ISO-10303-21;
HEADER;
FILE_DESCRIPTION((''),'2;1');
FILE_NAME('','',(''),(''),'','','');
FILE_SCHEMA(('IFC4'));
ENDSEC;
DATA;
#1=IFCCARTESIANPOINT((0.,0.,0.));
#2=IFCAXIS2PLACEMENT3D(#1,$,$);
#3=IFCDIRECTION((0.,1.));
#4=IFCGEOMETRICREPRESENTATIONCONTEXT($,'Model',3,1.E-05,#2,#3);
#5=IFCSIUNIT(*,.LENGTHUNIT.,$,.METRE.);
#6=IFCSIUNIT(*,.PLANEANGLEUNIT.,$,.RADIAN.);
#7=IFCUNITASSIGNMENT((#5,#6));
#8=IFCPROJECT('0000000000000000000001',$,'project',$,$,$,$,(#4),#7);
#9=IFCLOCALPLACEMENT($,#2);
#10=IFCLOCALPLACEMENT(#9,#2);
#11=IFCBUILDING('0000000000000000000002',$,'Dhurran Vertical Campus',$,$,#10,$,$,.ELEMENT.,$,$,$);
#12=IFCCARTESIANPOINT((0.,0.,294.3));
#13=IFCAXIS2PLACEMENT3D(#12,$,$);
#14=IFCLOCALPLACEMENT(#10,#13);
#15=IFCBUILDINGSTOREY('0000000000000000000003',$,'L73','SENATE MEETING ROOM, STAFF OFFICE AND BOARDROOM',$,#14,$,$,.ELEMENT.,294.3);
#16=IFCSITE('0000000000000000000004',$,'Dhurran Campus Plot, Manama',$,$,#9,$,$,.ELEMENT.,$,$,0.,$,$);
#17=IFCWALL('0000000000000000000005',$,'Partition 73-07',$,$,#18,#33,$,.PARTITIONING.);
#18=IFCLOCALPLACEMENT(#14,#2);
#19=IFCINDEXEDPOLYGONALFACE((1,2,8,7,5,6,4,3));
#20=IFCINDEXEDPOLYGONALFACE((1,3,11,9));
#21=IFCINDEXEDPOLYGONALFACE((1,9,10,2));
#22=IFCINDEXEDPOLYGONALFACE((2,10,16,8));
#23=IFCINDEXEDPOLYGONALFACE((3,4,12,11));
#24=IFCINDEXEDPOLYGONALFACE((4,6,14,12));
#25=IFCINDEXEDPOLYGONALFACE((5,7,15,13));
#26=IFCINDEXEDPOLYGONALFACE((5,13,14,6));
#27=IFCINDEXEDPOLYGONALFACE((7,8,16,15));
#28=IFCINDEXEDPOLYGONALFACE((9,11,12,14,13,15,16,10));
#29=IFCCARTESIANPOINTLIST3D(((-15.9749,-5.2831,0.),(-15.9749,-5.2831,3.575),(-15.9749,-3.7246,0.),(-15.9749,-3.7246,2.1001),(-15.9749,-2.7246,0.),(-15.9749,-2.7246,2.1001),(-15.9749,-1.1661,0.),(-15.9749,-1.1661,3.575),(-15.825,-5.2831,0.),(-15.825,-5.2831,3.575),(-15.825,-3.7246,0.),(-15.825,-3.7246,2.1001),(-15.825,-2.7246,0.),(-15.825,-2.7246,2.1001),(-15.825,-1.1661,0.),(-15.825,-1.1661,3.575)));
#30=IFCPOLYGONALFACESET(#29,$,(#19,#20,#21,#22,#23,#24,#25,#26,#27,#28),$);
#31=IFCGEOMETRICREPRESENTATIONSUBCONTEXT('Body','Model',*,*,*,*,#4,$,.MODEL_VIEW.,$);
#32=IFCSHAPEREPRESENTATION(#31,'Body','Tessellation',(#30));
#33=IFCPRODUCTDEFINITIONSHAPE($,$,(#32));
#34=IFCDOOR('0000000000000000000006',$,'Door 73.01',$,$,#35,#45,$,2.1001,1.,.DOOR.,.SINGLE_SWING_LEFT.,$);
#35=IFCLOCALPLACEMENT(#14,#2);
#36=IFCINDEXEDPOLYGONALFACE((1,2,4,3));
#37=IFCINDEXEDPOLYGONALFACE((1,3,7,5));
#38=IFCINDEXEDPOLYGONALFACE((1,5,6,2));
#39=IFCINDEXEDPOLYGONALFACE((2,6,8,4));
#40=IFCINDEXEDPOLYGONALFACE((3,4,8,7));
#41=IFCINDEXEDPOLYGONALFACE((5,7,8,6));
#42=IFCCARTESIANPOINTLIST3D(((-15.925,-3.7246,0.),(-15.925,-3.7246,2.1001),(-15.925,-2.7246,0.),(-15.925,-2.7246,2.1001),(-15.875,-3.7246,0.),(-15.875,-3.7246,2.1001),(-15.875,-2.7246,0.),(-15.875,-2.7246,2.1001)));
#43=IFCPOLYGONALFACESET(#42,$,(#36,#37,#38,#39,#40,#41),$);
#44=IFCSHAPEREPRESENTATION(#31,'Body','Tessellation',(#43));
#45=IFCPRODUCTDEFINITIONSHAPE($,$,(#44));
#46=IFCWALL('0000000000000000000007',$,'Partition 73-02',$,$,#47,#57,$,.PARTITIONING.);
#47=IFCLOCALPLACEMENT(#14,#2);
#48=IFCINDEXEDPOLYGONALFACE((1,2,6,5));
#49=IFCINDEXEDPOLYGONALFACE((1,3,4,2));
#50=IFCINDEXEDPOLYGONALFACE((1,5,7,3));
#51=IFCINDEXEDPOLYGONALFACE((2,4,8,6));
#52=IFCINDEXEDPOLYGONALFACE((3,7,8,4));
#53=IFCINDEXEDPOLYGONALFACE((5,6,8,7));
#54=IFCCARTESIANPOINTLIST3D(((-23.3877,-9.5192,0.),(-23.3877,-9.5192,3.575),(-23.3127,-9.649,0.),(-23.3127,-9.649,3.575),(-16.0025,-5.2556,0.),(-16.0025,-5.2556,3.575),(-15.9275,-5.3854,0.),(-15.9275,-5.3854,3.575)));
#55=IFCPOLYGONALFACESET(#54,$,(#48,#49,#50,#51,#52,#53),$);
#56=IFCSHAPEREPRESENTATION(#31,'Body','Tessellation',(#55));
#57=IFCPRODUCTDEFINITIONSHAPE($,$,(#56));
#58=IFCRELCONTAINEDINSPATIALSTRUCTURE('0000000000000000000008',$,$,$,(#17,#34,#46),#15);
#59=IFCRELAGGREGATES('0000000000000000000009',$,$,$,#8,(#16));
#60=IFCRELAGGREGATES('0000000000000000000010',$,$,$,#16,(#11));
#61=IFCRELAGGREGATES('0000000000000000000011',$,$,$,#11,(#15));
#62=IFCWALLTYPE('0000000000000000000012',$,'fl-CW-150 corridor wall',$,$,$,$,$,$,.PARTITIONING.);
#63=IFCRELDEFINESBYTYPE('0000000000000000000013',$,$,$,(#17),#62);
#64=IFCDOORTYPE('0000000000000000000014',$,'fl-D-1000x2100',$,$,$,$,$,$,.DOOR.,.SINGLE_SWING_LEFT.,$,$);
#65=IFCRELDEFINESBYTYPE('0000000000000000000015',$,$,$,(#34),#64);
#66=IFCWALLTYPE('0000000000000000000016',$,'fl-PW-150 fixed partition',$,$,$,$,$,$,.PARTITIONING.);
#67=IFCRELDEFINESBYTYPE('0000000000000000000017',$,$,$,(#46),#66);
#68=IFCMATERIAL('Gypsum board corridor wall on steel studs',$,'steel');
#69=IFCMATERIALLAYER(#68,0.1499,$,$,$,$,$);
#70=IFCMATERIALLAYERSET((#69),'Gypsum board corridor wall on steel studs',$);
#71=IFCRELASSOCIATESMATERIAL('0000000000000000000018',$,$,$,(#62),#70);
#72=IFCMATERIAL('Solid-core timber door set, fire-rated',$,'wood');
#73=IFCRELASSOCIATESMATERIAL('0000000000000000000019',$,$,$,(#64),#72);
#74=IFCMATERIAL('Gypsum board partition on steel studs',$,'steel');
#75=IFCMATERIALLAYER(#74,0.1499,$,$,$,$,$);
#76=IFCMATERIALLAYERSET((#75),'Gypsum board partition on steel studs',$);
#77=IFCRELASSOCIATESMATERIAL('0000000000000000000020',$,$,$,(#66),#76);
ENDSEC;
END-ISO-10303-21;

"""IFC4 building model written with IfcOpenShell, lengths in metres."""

from ifc_helpers import new_model, si_unit, direction, frame, frame_2d, origin, place, context, subcontext, project, spatial, rectangle, extrude, material, layer, layer_set, type_object, element, fill, save


model = new_model("IFC4")

# Units and contexts
model_context = context("Model", 3, precision=1e-05, world=origin(), true_north=direction((0.0, 1.0)))
body_context = subcontext(model_context, "Body", "Model", "MODEL_VIEW")
ifc_project = project(units=[si_unit("LENGTHUNIT", "METRE"), si_unit("PLANEANGLEUNIT", "RADIAN")], contexts=[model_context])

# Site, building, storey
site_placement = place(None, origin())
site = spatial("IfcSite", under=ifc_project, at=site_placement, Name="Dhurran Campus Plot, Manama", CompositionType="ELEMENT", RefElevation=0.0)
building_placement = place(site_placement, origin())
building = spatial("IfcBuilding", under=site, at=building_placement, Name="Dhurran Vertical Campus", CompositionType="ELEMENT")
storey_placement = place(building_placement, frame((0.0, 0.0, 294.3)))
storey = spatial("IfcBuildingStorey", under=building, at=storey_placement, Name="L73", Description="SENATE MEETING ROOM, STAFF OFFICE AND BOARDROOM", CompositionType="ELEMENT", Elevation=294.3)

# Wall, opening, door
ifc_material_1 = material(Name="Gypsum board corridor wall on steel studs", Category="steel")
ifc_layer_1 = layer(ifc_material_1, 0.1499)
ifc_layer_set_1 = layer_set([ifc_layer_1], Name="Gypsum board corridor wall on steel studs")
wall_type_1 = type_object("IfcWallType", Name="fl-CW-150 corridor wall", PredefinedType="PARTITIONING", material=ifc_layer_set_1)
ifc_material_2 = material(Name="Solid-core timber door set, fire-rated", Category="wood")
door_type_1 = type_object("IfcDoorType", Name="fl-D-1000x2100", OperationType="SINGLE_SWING_LEFT", PredefinedType="DOOR", material=ifc_material_2)
wall_1_placement = place(storey_placement, frame((-15.8999, -1.166, 0.0), z_axis=(0.0, 0.0, 1.0), x_axis=(0.0, -1.0, 0.0)))
wall_1 = element("IfcWall", 1, at=wall_1_placement, inside=storey, type_object=wall_type_1, Name="Partition 73-07", PredefinedType="PARTITIONING", context=body_context, shape_type="SweptSolid", body=[
    extrude(rectangle(XDim=4.1169, YDim=0.1499, at=frame_2d((2.0586, 0.0))), origin(), (0.0, 0.0, 1.0), 3.575),
])
opening_1_placement = place(wall_1_placement, frame((1.5586, 0.0, 0.0)))
opening_1 = element("IfcOpeningElement", 2, at=opening_1_placement, cuts=wall_1, PredefinedType="OPENING", context=body_context, shape_type="SweptSolid", body=[
    extrude(rectangle(XDim=1.0, YDim=2.1001, at=frame_2d((0.5, 1.05))), frame((0.0, 0.085, 0.0), z_axis=(0.0, -1.0, 0.0), x_axis=(1.0, 0.0, 0.0)), (0.0, 0.0, 1.0), 0.1699),
])
door_1_placement = place(opening_1_placement, origin())
door_1 = element("IfcDoor", 3, at=door_1_placement, inside=storey, type_object=door_type_1, Name="Door 73.01", OperationType="SINGLE_SWING_LEFT", OverallHeight=2.1001, OverallWidth=1.0, PredefinedType="DOOR", context=body_context, shape_type="SweptSolid", body=[
    extrude(rectangle(XDim=1.0, YDim=2.1001, at=frame_2d((0.5, 1.05))), frame((0.0, 0.0249, 0.0), z_axis=(0.0, -1.0, 0.0), x_axis=(1.0, 0.0, 0.0)), (0.0, 0.0, 1.0), 0.05),
])
fill(opening_1, door_1)

# Wall
ifc_material_3 = material(Name="Gypsum board partition on steel studs", Category="steel")
ifc_layer_2 = layer(ifc_material_3, 0.1499)
ifc_layer_set_2 = layer_set([ifc_layer_2], Name="Gypsum board partition on steel studs")
wall_type_2 = type_object("IfcWallType", Name="fl-PW-150 fixed partition", PredefinedType="PARTITIONING", material=ifc_layer_set_2)
wall_2_placement = place(storey_placement, frame((-15.9651, -5.3206, 0.0), z_axis=(0.0, 0.0, 1.0), x_axis=(-0.866036, -0.499982, 0.0)))
element("IfcWall", 4, at=wall_2_placement, inside=storey, type_object=wall_type_2, Name="Partition 73-02", PredefinedType="PARTITIONING", context=body_context, shape_type="SweptSolid", body=[
    extrude(rectangle(XDim=8.5276, YDim=0.1499, at=frame_2d((4.2637, 0.0))), origin(), (0.0, 0.0, 1.0), 3.575),
])

save(model, "model.ifc")
